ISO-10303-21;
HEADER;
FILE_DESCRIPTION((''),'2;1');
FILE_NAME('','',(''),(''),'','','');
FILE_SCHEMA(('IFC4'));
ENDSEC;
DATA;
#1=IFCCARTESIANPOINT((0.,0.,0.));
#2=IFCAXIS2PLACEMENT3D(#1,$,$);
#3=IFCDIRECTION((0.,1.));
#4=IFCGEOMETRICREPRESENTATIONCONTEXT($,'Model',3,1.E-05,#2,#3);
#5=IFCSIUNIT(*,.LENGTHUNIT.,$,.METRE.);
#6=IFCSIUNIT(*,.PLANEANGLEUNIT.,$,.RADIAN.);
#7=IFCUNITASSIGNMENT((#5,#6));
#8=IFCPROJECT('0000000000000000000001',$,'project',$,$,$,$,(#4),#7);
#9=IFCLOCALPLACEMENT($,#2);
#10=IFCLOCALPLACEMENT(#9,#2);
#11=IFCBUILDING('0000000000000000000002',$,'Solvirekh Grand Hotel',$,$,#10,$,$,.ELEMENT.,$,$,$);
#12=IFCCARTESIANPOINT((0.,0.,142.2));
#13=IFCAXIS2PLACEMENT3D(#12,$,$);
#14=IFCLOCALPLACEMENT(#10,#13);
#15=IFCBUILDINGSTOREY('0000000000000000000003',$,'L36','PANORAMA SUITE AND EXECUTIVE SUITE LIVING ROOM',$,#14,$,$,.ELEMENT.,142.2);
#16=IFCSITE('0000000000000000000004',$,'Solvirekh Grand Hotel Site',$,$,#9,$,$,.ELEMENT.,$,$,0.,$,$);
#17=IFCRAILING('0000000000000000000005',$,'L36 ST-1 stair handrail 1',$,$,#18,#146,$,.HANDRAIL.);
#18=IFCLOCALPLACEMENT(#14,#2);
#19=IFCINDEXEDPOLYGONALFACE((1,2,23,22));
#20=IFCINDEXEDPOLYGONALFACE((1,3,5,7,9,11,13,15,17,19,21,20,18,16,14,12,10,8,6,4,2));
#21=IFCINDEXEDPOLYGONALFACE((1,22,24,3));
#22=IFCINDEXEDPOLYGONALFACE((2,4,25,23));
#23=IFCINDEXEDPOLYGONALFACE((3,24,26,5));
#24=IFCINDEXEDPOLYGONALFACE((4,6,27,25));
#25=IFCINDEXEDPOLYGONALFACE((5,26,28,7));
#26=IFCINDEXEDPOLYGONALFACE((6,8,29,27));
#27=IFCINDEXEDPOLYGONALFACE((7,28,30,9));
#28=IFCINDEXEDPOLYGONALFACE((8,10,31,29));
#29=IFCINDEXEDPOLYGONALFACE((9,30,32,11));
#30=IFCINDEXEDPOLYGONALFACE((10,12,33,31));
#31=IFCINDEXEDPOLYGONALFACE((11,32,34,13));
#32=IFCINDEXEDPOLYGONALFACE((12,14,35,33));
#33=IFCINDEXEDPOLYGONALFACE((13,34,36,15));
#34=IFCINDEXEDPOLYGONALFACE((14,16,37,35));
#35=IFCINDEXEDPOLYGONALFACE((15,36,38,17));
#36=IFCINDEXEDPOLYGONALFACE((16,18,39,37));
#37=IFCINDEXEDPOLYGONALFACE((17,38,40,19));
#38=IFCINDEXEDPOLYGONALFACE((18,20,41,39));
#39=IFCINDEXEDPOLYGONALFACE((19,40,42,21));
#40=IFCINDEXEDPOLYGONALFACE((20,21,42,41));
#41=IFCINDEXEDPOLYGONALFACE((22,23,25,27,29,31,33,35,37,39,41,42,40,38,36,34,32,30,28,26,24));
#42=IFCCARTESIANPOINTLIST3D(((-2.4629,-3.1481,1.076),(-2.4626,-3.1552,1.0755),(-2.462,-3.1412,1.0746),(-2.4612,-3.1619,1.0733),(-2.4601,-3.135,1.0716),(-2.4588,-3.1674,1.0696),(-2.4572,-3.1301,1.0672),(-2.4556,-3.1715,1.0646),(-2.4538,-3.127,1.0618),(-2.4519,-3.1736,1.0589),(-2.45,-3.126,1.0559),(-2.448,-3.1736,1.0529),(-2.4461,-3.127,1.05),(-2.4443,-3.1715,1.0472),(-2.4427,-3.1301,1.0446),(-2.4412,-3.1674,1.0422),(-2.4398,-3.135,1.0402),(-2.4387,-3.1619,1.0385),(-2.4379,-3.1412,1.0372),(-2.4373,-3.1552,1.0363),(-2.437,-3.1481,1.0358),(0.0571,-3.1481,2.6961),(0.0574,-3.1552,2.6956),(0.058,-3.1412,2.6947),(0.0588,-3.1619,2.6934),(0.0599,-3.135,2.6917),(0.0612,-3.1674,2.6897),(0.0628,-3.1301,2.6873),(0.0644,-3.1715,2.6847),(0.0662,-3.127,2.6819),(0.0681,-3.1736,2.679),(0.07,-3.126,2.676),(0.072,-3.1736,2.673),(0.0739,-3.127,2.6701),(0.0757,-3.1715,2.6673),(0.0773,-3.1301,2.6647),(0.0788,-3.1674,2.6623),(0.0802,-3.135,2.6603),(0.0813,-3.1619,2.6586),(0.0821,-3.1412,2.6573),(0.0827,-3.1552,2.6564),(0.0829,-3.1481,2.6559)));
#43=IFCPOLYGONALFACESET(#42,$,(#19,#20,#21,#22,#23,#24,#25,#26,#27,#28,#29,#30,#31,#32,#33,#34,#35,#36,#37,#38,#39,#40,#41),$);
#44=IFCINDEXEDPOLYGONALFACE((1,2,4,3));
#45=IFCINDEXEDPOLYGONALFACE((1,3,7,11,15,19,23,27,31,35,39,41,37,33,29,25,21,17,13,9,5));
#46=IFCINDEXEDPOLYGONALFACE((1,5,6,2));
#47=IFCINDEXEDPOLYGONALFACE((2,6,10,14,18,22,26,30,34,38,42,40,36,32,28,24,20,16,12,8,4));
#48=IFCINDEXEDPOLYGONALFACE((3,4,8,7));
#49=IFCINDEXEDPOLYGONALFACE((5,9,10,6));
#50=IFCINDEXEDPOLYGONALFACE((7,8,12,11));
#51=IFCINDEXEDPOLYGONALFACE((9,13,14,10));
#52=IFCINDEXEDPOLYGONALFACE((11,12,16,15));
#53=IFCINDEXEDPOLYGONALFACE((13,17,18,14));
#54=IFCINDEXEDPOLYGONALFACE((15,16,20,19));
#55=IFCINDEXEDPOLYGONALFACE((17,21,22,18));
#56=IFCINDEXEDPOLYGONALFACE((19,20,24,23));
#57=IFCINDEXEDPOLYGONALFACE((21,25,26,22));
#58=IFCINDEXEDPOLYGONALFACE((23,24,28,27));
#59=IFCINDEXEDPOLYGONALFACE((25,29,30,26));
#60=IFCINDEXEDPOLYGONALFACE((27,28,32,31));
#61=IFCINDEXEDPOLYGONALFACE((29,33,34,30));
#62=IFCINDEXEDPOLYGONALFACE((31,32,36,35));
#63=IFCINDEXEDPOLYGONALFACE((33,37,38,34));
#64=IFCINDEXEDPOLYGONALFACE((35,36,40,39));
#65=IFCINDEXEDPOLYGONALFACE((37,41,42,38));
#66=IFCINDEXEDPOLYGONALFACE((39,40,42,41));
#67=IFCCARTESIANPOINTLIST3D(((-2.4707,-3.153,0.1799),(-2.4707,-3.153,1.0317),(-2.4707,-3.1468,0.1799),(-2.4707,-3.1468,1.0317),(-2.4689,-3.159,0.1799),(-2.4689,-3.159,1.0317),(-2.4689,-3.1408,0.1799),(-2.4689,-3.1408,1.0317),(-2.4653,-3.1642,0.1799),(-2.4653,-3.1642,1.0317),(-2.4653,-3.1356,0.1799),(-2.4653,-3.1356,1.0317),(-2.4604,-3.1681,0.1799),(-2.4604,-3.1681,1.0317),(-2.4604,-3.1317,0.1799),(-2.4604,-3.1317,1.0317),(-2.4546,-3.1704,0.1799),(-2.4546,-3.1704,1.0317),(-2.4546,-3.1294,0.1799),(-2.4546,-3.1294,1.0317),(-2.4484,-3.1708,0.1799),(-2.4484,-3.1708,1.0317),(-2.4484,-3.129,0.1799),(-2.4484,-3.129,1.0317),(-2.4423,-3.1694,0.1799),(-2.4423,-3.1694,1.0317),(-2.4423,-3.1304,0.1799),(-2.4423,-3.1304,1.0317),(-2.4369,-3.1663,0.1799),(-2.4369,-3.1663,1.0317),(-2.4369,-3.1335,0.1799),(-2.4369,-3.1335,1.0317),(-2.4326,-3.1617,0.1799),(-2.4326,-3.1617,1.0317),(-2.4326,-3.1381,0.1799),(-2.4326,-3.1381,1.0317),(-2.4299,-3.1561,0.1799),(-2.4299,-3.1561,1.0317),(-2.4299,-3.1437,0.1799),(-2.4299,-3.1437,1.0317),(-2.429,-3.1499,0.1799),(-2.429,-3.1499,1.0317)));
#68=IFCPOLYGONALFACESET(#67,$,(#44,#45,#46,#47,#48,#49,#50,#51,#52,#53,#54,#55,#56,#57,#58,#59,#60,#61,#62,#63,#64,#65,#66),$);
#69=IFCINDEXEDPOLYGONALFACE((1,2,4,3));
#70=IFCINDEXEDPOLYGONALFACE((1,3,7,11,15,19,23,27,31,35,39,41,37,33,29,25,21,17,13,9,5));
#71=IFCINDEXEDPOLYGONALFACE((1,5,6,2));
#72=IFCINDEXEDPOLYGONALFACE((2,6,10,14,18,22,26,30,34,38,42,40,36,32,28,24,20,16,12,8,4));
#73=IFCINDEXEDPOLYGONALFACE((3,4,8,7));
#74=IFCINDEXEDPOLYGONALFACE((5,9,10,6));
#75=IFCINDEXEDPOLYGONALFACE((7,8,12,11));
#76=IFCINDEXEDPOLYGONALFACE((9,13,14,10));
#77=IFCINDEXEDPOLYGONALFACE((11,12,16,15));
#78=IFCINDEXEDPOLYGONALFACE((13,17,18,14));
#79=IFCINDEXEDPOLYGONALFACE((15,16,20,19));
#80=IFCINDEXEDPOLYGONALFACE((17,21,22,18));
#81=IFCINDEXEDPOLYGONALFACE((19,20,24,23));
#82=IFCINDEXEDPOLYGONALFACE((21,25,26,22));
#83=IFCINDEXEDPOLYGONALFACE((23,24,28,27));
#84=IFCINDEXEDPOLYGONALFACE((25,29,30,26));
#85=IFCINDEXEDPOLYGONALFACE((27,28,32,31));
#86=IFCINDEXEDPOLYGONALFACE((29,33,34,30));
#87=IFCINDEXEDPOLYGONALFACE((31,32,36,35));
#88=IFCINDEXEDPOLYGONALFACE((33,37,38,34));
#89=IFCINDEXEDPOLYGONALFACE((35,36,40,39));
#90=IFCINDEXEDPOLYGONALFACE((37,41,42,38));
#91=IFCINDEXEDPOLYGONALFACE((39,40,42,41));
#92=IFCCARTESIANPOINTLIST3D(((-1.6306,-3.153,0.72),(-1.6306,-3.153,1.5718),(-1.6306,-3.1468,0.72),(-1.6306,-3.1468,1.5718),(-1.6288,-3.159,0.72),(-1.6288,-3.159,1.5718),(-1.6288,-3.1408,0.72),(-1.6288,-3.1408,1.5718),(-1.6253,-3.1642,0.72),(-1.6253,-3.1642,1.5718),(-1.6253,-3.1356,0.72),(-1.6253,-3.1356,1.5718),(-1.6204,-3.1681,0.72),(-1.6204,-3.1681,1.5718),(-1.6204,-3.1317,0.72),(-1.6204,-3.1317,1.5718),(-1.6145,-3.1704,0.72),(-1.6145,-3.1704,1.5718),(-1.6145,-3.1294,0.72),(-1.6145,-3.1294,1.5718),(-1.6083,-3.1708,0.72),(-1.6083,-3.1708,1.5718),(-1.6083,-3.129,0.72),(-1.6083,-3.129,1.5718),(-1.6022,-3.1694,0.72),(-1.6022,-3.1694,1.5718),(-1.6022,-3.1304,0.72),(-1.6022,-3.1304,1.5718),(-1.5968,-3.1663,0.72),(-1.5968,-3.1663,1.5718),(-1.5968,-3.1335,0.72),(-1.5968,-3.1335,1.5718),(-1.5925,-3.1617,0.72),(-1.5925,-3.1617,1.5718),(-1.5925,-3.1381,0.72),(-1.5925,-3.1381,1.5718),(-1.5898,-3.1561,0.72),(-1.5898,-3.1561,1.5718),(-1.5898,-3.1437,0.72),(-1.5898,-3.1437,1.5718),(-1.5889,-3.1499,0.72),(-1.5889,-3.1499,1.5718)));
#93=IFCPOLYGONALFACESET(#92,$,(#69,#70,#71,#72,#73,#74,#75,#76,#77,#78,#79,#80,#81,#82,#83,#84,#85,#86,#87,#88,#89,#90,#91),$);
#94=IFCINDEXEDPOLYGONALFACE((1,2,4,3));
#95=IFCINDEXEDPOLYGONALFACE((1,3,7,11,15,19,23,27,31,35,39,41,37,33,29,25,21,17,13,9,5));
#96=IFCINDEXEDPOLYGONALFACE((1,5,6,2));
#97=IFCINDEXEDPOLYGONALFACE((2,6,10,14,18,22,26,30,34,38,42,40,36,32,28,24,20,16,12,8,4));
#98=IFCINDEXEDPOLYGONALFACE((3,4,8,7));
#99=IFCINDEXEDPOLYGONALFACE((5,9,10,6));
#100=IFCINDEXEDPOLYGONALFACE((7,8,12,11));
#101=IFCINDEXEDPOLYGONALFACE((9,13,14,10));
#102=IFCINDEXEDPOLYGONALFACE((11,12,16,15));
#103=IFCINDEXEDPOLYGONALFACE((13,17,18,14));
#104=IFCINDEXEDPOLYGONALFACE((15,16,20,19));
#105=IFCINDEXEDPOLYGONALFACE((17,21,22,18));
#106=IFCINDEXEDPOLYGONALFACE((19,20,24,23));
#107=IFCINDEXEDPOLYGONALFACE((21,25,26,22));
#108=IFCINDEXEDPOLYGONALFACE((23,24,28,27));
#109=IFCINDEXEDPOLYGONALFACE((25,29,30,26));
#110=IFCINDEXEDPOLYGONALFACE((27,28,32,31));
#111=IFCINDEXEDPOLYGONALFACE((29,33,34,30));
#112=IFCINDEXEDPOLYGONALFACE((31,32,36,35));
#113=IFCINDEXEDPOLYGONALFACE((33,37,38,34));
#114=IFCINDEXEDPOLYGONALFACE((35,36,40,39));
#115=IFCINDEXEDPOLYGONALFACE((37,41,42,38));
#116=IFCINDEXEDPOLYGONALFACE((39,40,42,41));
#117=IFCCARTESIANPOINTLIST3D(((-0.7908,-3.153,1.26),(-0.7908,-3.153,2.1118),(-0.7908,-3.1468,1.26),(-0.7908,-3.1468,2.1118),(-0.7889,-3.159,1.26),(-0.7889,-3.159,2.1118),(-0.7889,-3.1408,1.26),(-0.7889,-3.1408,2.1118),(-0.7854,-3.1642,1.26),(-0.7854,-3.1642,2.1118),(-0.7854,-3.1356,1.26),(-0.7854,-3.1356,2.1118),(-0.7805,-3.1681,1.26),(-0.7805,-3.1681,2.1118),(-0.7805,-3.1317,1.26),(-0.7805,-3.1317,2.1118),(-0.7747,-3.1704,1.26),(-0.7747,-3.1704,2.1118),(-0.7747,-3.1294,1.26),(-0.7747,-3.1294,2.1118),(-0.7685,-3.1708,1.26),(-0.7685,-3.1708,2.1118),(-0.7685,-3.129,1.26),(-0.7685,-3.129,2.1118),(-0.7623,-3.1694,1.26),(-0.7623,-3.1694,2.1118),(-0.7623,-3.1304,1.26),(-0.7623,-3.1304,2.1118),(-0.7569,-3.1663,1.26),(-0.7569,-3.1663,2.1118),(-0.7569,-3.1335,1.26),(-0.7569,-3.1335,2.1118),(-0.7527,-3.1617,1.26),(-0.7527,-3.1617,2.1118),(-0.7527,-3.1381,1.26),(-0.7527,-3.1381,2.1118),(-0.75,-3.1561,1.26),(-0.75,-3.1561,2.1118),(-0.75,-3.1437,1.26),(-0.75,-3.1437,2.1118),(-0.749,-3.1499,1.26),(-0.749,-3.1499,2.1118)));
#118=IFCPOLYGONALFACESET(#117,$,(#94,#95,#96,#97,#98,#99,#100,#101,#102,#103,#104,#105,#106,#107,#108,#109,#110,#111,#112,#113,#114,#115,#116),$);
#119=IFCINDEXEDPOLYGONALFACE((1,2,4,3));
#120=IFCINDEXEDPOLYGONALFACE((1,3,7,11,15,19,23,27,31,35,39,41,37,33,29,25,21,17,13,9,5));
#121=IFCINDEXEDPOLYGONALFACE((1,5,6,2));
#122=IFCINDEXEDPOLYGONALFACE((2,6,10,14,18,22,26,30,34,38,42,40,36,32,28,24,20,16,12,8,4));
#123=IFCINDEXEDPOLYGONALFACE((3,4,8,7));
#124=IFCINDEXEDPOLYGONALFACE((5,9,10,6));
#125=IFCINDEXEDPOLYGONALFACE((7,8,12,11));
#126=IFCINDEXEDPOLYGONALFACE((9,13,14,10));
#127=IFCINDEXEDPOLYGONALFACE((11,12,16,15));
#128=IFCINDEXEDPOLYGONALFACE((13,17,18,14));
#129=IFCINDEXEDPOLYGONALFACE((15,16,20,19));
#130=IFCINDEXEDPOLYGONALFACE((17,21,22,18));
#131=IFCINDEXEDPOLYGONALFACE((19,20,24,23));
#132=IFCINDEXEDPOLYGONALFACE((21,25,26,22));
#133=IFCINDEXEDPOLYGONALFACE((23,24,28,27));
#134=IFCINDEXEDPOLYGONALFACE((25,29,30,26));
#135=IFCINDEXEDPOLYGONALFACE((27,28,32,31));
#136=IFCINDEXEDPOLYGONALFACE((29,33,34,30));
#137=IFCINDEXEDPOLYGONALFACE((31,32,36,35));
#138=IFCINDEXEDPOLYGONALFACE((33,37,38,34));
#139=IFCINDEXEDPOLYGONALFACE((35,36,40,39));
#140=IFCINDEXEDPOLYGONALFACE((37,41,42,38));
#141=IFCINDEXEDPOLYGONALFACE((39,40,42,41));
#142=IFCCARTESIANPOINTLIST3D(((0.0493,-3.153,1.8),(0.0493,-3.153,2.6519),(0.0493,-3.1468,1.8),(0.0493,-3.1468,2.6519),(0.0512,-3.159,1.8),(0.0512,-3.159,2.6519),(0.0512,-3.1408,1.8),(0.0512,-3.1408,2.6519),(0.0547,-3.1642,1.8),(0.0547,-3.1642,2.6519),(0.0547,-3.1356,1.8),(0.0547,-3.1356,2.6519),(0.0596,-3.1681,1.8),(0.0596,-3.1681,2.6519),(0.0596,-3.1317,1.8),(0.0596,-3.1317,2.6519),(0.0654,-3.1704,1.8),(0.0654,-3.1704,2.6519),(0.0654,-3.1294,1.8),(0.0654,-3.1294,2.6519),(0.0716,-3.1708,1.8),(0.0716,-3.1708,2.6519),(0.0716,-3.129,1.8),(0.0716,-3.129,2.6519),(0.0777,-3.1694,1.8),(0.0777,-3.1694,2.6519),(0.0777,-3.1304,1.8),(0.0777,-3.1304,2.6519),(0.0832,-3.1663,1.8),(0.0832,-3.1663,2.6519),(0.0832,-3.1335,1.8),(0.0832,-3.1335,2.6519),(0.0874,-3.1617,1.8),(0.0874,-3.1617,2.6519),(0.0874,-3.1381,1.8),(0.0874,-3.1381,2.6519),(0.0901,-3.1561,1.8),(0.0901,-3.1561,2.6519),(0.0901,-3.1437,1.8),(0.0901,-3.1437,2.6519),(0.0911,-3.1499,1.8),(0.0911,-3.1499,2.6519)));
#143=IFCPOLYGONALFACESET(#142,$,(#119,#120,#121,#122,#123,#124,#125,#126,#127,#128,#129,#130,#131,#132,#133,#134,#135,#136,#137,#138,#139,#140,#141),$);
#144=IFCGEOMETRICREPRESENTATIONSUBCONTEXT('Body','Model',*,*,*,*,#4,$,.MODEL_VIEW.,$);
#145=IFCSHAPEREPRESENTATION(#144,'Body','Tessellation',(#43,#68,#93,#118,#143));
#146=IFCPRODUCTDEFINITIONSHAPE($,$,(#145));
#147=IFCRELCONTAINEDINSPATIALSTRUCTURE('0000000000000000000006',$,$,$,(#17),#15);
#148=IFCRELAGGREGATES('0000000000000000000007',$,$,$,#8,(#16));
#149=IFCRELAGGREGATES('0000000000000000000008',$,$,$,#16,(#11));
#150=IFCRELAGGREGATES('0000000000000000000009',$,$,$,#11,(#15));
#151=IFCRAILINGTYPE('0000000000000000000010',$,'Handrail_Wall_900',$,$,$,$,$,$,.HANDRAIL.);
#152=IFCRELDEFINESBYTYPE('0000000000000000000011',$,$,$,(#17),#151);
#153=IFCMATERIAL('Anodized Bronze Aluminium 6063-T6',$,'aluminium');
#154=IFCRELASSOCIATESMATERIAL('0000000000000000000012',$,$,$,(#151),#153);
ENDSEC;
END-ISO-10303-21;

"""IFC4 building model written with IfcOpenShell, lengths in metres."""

from ifc_helpers import new_model, si_unit, direction, frame, origin, origin_2d, place, context, subcontext, project, spatial, circle, extrude, material, type_object, element, save


model = new_model("IFC4")

# Units and contexts
model_context = context("Model", 3, precision=1e-05, world=origin(), true_north=direction((0.0, 1.0)))
body_context = subcontext(model_context, "Body", "Model", "MODEL_VIEW")
ifc_project = project(units=[si_unit("LENGTHUNIT", "METRE"), si_unit("PLANEANGLEUNIT", "RADIAN")], contexts=[model_context])

# Site, building, storey
site_placement = place(None, origin())
site = spatial("IfcSite", under=ifc_project, at=site_placement, Name="Solvirekh Grand Hotel Site", CompositionType="ELEMENT", RefElevation=0.0)
building_placement = place(site_placement, origin())
building = spatial("IfcBuilding", under=site, at=building_placement, Name="Solvirekh Grand Hotel", CompositionType="ELEMENT")
storey_placement = place(building_placement, frame((0.0, 0.0, 142.2)))
storey = spatial("IfcBuildingStorey", under=building, at=storey_placement, Name="L36", Description="PANORAMA SUITE AND EXECUTIVE SUITE LIVING ROOM", CompositionType="ELEMENT", Elevation=142.2)

# Shared definitions
ifc_material_1 = material(Name="Anodized Bronze Aluminium 6063-T6", Category="aluminium")

# Railing
railing_type_1 = type_object("IfcRailingType", Name="Handrail_Wall_900", PredefinedType="HANDRAIL", material=ifc_material_1)
for number, where, name in (
    (1, (-2.45, -3.1499, 0.1799), "L36 ST-1 stair handrail 1"),
):
    element("IfcRailing", number, at=place(storey_placement, frame(where)), inside=storey, type_object=railing_type_1, Name=name, PredefinedType="HANDRAIL", context=body_context, shape_type="SweptSolid", body=[
        extrude(circle(Radius=0.0239, at=origin_2d()), frame((0.0, 0.0, 0.876), z_axis=(0.841163, 0.0, 0.540782), x_axis=(0.0, 1.0, 0.0)), (0.0, 0.0, 1.0), 2.9958),
        extrude(circle(Radius=0.021, at=origin_2d()), origin(), (0.0, 0.0, 1.0), 0.8518),
        extrude(circle(Radius=0.021, at=origin_2d()), frame((0.8401, 0.0, 0.54)), (0.0, 0.0, 1.0), 0.8518),
        extrude(circle(Radius=0.021, at=origin_2d()), frame((1.6799, 0.0, 1.0801)), (0.0, 0.0, 1.0), 0.8518),
        extrude(circle(Radius=0.021, at=origin_2d()), frame((2.52, 0.0, 1.6201)), (0.0, 0.0, 1.0), 0.8518),
    ])

save(model, "model.ifc")
